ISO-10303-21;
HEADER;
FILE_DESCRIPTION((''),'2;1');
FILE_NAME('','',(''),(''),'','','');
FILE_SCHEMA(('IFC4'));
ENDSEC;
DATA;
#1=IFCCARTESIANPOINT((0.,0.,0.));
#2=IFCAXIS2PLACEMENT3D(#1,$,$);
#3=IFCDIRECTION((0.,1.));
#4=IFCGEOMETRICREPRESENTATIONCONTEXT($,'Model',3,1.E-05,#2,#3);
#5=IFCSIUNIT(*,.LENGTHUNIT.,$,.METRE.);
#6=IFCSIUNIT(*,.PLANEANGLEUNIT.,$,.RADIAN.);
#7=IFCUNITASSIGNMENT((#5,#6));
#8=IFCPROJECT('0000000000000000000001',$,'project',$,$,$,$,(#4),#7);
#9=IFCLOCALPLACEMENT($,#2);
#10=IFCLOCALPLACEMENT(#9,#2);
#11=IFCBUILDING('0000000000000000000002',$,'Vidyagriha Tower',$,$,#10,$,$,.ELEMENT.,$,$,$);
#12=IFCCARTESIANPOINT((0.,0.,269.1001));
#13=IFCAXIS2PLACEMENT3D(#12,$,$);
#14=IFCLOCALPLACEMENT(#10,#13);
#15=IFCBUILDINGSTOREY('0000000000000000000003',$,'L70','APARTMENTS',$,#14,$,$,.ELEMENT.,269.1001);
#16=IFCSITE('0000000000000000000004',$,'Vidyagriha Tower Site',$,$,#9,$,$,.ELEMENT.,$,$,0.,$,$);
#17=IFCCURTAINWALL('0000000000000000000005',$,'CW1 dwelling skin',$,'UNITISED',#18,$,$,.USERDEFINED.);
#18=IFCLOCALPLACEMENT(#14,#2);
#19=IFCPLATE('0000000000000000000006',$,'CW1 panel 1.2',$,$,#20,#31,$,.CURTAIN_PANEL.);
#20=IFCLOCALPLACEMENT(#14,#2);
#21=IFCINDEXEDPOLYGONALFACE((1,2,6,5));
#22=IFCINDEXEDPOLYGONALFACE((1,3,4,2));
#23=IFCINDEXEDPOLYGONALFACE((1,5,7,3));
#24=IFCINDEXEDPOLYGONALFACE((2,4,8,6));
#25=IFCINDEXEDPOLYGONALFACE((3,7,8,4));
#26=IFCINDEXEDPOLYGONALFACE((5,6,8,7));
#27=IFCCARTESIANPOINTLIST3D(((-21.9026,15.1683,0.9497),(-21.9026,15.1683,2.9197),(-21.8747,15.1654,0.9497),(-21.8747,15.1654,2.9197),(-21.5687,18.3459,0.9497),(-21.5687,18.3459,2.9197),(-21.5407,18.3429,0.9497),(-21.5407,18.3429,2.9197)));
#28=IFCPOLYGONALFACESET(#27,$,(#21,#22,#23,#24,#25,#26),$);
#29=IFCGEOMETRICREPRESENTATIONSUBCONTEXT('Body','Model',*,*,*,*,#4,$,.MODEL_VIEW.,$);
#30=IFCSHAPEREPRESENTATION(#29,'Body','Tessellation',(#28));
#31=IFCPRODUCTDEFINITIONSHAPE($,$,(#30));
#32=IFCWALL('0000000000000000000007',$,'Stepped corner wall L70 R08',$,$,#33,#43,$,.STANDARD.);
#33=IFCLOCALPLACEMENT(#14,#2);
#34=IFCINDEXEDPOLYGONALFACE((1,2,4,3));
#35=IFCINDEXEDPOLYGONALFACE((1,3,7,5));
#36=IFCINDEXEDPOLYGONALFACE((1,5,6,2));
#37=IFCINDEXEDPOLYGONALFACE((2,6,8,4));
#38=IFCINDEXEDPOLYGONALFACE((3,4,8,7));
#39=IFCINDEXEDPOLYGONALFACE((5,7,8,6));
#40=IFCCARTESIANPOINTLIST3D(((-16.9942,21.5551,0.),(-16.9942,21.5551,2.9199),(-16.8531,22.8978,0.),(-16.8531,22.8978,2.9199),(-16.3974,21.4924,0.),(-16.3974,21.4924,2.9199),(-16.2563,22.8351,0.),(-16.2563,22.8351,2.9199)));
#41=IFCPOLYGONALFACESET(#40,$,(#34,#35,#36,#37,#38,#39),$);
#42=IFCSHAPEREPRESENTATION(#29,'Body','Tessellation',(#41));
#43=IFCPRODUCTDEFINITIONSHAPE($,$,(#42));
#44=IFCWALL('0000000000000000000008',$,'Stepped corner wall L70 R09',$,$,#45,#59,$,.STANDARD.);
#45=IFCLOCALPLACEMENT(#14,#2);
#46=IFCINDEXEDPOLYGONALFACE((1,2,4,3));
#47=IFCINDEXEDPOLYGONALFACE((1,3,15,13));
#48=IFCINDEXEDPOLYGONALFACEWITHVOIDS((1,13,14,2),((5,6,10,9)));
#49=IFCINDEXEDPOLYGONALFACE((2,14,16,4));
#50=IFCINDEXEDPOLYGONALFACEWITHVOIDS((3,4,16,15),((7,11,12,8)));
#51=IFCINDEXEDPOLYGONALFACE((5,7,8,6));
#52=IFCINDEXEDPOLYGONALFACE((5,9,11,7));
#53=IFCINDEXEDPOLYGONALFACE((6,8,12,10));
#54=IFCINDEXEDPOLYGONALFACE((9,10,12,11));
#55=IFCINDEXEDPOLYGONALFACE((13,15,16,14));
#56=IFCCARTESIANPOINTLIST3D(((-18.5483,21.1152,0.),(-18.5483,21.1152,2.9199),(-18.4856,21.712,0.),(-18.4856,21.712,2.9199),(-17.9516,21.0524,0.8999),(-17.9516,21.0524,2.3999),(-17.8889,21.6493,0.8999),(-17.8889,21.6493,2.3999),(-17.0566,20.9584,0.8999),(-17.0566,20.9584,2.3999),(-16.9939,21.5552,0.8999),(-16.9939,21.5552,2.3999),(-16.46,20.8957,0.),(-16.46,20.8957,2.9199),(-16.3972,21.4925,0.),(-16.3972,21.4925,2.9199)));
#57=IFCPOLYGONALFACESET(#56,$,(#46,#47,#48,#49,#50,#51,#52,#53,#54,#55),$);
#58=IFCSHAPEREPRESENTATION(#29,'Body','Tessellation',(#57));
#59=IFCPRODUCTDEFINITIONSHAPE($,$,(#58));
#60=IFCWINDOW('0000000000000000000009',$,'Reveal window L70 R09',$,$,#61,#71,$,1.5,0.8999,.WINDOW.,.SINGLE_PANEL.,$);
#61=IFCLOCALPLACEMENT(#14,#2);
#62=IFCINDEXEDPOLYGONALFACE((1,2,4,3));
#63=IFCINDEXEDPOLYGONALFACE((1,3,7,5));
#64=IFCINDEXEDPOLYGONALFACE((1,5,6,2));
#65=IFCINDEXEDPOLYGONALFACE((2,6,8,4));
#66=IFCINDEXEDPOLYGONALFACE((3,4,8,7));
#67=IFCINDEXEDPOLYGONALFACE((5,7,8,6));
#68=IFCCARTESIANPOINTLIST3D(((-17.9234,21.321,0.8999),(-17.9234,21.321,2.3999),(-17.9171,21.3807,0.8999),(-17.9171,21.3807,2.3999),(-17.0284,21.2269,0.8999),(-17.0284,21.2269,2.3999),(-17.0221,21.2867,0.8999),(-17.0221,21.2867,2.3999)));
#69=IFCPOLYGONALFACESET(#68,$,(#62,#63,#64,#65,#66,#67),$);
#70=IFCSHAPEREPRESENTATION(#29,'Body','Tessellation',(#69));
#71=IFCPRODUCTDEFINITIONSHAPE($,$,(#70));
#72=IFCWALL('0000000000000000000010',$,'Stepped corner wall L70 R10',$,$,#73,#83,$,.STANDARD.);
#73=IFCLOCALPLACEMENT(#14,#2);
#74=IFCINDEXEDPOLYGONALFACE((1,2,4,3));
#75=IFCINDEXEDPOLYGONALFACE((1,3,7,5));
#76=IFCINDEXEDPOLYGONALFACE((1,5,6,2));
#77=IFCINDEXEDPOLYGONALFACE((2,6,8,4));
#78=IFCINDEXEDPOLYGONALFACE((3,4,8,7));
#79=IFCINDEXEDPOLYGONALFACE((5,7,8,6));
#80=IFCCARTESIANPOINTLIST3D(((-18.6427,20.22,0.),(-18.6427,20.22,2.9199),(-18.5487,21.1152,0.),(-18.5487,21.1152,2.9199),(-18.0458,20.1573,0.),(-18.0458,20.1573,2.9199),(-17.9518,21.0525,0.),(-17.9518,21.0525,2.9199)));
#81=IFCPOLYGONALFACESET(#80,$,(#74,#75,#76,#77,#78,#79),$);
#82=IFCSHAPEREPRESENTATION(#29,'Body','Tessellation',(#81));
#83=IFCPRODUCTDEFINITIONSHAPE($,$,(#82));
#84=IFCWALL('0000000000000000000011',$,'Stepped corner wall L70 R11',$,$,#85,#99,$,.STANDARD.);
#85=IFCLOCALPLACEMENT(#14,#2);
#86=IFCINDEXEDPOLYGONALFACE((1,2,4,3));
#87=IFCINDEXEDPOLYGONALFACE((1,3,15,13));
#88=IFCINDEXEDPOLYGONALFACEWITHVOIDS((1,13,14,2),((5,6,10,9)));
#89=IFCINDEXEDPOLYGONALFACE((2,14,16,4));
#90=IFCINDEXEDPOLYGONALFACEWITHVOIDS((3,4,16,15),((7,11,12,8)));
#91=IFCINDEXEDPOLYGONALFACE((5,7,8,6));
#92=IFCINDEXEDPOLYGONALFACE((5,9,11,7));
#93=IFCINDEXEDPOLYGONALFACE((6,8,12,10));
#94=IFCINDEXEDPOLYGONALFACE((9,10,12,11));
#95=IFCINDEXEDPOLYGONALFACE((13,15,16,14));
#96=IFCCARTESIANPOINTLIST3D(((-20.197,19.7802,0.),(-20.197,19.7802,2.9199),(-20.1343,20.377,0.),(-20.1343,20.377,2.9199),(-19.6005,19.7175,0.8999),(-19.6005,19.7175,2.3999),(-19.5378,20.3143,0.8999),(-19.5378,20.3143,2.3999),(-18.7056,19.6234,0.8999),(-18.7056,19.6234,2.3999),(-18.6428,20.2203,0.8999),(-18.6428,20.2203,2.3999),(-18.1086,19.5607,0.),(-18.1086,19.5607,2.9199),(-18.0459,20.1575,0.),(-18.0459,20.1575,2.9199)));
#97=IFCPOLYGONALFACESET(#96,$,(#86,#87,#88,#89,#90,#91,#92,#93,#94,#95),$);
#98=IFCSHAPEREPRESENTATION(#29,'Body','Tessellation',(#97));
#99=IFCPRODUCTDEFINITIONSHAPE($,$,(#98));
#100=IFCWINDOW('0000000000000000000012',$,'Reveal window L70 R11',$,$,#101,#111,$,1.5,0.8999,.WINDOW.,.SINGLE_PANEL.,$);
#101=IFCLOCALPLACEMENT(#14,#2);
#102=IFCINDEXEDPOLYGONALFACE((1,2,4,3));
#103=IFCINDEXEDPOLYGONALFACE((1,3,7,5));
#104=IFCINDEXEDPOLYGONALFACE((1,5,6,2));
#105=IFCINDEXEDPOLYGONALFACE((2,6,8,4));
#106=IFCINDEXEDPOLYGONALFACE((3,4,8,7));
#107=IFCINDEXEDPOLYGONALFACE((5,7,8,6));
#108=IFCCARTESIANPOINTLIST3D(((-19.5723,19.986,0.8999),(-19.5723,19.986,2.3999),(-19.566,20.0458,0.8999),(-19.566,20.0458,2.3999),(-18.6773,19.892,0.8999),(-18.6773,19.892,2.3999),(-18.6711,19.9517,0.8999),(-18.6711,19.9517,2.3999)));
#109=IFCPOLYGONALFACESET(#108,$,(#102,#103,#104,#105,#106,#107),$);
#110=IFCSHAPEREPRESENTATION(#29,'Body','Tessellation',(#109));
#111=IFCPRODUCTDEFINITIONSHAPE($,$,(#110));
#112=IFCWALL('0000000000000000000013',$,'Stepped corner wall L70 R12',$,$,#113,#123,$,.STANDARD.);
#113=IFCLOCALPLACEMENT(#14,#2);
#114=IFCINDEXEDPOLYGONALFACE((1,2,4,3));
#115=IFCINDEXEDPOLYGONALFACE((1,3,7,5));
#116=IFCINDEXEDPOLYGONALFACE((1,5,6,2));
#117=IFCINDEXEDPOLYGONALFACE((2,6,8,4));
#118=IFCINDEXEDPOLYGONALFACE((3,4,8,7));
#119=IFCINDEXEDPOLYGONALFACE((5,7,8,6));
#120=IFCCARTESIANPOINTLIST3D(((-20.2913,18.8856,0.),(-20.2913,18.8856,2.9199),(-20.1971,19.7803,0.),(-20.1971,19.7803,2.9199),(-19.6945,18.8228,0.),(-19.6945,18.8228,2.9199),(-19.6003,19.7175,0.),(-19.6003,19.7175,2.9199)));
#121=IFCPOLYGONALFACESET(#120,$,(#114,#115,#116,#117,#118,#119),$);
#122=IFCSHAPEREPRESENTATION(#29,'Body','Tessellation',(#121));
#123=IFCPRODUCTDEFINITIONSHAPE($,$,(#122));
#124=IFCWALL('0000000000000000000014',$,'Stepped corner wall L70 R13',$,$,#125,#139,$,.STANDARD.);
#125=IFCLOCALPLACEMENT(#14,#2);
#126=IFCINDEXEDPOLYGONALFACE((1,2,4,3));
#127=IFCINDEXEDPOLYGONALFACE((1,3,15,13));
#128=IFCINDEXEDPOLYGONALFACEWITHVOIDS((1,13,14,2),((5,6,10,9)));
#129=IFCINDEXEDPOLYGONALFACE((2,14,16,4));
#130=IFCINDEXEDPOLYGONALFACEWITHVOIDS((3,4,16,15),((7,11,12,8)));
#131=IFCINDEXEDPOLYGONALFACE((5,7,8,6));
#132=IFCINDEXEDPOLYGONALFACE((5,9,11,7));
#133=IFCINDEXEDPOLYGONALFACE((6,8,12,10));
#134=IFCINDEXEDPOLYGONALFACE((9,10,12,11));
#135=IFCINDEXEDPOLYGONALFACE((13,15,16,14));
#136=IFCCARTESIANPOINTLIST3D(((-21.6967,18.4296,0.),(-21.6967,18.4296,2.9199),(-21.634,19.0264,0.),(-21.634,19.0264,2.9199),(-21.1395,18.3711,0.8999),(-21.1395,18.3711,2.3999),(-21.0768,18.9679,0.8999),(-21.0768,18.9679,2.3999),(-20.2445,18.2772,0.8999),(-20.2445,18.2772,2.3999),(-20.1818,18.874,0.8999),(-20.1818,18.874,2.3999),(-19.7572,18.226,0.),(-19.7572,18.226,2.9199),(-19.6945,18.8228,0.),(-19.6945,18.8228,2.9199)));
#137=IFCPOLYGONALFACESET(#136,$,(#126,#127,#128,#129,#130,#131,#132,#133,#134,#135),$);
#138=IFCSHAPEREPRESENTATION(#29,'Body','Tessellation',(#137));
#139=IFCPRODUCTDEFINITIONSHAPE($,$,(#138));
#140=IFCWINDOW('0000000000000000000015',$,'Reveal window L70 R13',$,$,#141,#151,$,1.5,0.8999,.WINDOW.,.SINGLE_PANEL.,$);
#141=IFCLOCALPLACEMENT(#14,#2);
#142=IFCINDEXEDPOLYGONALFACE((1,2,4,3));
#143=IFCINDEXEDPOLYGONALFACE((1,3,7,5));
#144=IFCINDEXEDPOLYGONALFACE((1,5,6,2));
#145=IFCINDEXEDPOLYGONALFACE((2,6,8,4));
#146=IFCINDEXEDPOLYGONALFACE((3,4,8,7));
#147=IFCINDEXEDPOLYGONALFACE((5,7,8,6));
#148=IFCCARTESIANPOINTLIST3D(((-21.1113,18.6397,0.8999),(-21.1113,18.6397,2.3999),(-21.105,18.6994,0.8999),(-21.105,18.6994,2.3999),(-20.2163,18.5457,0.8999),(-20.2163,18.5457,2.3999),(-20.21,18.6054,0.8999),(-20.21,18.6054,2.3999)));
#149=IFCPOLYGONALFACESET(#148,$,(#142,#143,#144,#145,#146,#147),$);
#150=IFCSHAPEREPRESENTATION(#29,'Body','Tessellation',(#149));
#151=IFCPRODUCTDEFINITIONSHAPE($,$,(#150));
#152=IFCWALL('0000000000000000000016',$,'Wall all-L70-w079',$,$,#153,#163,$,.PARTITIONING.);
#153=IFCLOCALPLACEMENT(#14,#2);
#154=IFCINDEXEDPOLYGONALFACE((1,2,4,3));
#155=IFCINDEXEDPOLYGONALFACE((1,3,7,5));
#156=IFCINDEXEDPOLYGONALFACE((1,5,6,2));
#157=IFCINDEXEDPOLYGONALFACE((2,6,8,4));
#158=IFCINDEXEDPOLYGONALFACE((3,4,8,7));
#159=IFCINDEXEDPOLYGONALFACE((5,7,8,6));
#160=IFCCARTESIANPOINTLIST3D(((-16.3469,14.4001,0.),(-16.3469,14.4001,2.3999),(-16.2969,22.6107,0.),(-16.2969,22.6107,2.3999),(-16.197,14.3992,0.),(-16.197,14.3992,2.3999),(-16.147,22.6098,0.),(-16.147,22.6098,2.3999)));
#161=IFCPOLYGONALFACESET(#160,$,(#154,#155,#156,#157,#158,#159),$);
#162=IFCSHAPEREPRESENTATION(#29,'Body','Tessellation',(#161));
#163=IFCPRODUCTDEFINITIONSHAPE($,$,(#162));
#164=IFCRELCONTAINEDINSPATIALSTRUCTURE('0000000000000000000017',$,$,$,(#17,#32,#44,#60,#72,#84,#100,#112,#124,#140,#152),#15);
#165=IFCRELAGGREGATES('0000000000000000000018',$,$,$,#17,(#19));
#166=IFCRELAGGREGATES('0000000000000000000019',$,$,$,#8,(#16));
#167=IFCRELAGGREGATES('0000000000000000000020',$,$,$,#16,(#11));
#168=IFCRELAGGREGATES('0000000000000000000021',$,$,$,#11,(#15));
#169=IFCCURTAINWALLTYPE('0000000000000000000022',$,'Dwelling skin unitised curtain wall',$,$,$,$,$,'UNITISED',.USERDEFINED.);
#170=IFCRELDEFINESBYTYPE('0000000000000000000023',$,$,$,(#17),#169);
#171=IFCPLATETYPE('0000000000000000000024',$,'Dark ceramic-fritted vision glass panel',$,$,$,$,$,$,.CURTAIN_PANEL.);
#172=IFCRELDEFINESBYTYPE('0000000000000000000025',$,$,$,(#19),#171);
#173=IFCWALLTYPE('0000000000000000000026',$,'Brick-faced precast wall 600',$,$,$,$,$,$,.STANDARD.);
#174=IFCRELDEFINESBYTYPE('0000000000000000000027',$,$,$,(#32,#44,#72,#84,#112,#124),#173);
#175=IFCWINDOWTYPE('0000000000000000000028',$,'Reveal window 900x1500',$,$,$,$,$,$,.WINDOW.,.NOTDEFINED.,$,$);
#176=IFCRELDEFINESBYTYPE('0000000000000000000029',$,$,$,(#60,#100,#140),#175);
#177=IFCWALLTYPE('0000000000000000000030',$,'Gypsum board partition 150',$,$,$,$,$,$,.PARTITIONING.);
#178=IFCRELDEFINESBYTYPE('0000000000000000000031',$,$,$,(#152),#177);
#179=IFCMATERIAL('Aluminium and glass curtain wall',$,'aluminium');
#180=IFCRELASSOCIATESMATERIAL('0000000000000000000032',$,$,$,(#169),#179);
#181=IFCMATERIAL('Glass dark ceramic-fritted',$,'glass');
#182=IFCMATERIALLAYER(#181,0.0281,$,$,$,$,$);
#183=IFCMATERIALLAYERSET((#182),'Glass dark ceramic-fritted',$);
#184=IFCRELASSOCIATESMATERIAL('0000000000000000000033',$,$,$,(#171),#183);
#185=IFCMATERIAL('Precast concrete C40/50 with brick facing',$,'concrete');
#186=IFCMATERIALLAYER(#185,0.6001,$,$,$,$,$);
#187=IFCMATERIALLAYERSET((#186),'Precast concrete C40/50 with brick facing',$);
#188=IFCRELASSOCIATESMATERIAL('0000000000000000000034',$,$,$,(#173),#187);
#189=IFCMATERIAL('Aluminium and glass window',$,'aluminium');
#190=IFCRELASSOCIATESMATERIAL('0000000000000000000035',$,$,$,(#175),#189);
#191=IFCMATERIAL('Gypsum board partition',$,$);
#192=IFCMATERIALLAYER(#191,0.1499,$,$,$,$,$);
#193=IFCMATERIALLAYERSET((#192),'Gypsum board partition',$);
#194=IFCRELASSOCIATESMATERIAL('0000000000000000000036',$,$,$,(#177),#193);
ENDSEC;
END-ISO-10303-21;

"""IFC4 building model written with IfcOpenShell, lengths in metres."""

from ifc_helpers import new_model, si_unit, direction, frame, frame_2d, origin, origin_2d, place, context, subcontext, project, spatial, rectangle, extrude, material, layer, layer_set, type_object, element, fill, aggregate, save


model = new_model("IFC4")

# Units and contexts
model_context = context("Model", 3, precision=1e-05, world=origin(), true_north=direction((0.0, 1.0)))
body_context = subcontext(model_context, "Body", "Model", "MODEL_VIEW")
ifc_project = project(units=[si_unit("LENGTHUNIT", "METRE"), si_unit("PLANEANGLEUNIT", "RADIAN")], contexts=[model_context])

# Site, building, storey
site_placement = place(None, origin())
site = spatial("IfcSite", under=ifc_project, at=site_placement, Name="Vidyagriha Tower Site", CompositionType="ELEMENT", RefElevation=0.0)
building_placement = place(site_placement, origin())
building = spatial("IfcBuilding", under=site, at=building_placement, Name="Vidyagriha Tower", CompositionType="ELEMENT")
storey_placement = place(building_placement, frame((0.0, 0.0, 269.1001)))
storey = spatial("IfcBuildingStorey", under=building, at=storey_placement, Name="L70", Description="APARTMENTS", CompositionType="ELEMENT", Elevation=269.1001)

# Shared definitions
ifc_material_1 = material(Name="Aluminium and glass curtain wall", Category="aluminium")
curtain_wall_type = type_object("IfcCurtainWallType", Name="Dwelling skin unitised curtain wall", ElementType="UNITISED", PredefinedType="USERDEFINED", material=ifc_material_1)

# Curtain wall
curtain_wall_1_placement = place(storey_placement, origin())
curtain_wall_1 = element("IfcCurtainWall", 1, at=curtain_wall_1_placement, inside=storey, type_object=curtain_wall_type, Name="CW1 dwelling skin", ObjectType="UNITISED", PredefinedType="USERDEFINED")

# Plate
ifc_material_2 = material(Name="Glass dark ceramic-fritted", Category="glass")
ifc_layer_1 = layer(ifc_material_2, 0.0281)
ifc_layer_set_1 = layer_set([ifc_layer_1], Name="Glass dark ceramic-fritted")
plate_type_1 = type_object("IfcPlateType", Name="Dark ceramic-fritted vision glass panel", PredefinedType="CURTAIN_PANEL", material=ifc_layer_set_1)
plate_1_placement = place(storey_placement, frame((-21.7217, 16.7556, 0.9497), z_axis=(0.0, 0.0, 1.0), x_axis=(-0.104525, -0.994522, 0.0)))
plate_1 = element("IfcPlate", 2, at=plate_1_placement, type_object=plate_type_1, Name="CW1 panel 1.2", PredefinedType="CURTAIN_PANEL", context=body_context, shape_type="SweptSolid", body=[
    extrude(rectangle(XDim=3.1951, YDim=0.0281, at=origin_2d()), origin(), (0.0, 0.0, 1.0), 1.97),
])
aggregate(curtain_wall_1, [plate_1])

# Wall
ifc_material_3 = material(Name="Precast concrete C40/50 with brick facing", Category="concrete")
ifc_layer_2 = layer(ifc_material_3, 0.6001)
ifc_layer_set_2 = layer_set([ifc_layer_2], Name="Precast concrete C40/50 with brick facing")
wall_type_1 = type_object("IfcWallType", Name="Brick-faced precast wall 600", PredefinedType="STANDARD", material=ifc_layer_set_2)
wall_1_placement = place(storey_placement, frame((-16.5547, 22.8665, 0.0), z_axis=(0.0, 0.0, 1.0), x_axis=(-0.104515, -0.994523, 0.0)))
element("IfcWall", 3, at=wall_1_placement, inside=storey, type_object=wall_type_1, Name="Stepped corner wall L70 R08", PredefinedType="STANDARD", context=body_context, shape_type="SweptSolid", body=[
    extrude(rectangle(XDim=1.3501, YDim=0.6001, at=frame_2d((0.675, 0.0))), origin(), (0.0, 0.0, 1.0), 2.9199),
])

# Wall, opening, window
wall_2_placement = place(storey_placement, frame((-16.4287, 21.1941, 0.0), z_axis=(0.0, 0.0, 1.0), x_axis=(-0.994523, 0.104521, 0.0)))
wall_2 = element("IfcWall", 4, at=wall_2_placement, inside=storey, type_object=wall_type_1, Name="Stepped corner wall L70 R09", PredefinedType="STANDARD", context=body_context, shape_type="SweptSolid", body=[
    extrude(rectangle(XDim=2.0999, YDim=0.6001, at=frame_2d((1.0498, 0.0))), origin(), (0.0, 0.0, 1.0), 2.9199),
])
opening_1_placement = place(wall_2_placement, frame((0.5999, 0.0, 0.8999)))
opening_1 = element("IfcOpeningElement", 5, at=opening_1_placement, cuts=wall_2, PredefinedType="OPENING", context=body_context, shape_type="SweptSolid", body=[
    extrude(rectangle(XDim=0.8999, YDim=1.5, at=frame_2d((0.45, 0.75))), frame((0.0, 0.3101, 0.0), z_axis=(0.0, -1.0, 0.0), x_axis=(1.0, 0.0, 0.0)), (0.0, 0.0, 1.0), 0.6201),
])
ifc_material_4 = material(Name="Aluminium and glass window", Category="aluminium")
window_type = type_object("IfcWindowType", Name="Reveal window 900x1500", PartitioningType="NOTDEFINED", PredefinedType="WINDOW", material=ifc_material_4)
window_1_placement = place(opening_1_placement, origin())
window_1 = element("IfcWindow", 6, at=window_1_placement, inside=storey, type_object=window_type, Name="Reveal window L70 R09", OverallHeight=1.5, OverallWidth=0.8999, PartitioningType="SINGLE_PANEL", PredefinedType="WINDOW", context=body_context, shape_type="SweptSolid", body=[
    extrude(rectangle(XDim=0.8999, YDim=1.5, at=frame_2d((0.45, 0.75))), frame((0.0, 0.03, 0.0), z_axis=(0.0, -1.0, 0.0), x_axis=(1.0, 0.0, 0.0)), (0.0, 0.0, 1.0), 0.0601),
])
fill(opening_1, window_1)

# Wall
wall_3_placement = place(storey_placement, frame((-18.2502, 21.084, 0.0), z_axis=(0.0, 0.0, 1.0), x_axis=(-0.104417, -0.994534, 0.0)))
element("IfcWall", 7, at=wall_3_placement, inside=storey, type_object=wall_type_1, Name="Stepped corner wall L70 R10", PredefinedType="STANDARD", context=body_context, shape_type="SweptSolid", body=[
    extrude(rectangle(XDim=0.9001, YDim=0.6001, at=frame_2d((0.4502, 0.0))), origin(), (0.0, 0.0, 1.0), 2.9199),
])

# Wall, opening, window
wall_4_placement = place(storey_placement, frame((-18.0774, 19.8591, 0.0), z_axis=(0.0, 0.0, 1.0), x_axis=(-0.994523, 0.104521, 0.0)))
wall_4 = element("IfcWall", 8, at=wall_4_placement, inside=storey, type_object=wall_type_1, Name="Stepped corner wall L70 R11", PredefinedType="STANDARD", context=body_context, shape_type="SweptSolid", body=[
    extrude(rectangle(XDim=2.0999, YDim=0.6001, at=frame_2d((1.0498, 0.0))), origin(), (0.0, 0.0, 1.0), 2.9199),
])
opening_2_placement = place(wall_4_placement, frame((0.6001, 0.0, 0.8999)))
opening_2 = element("IfcOpeningElement", 9, at=opening_2_placement, cuts=wall_4, PredefinedType="OPENING", context=body_context, shape_type="SweptSolid", body=[
    extrude(rectangle(XDim=0.8999, YDim=1.5, at=frame_2d((0.45, 0.75))), frame((0.0, 0.3101, 0.0), z_axis=(0.0, -1.0, 0.0), x_axis=(1.0, 0.0, 0.0)), (0.0, 0.0, 1.0), 0.6201),
])
window_2_placement = place(opening_2_placement, origin())
window_2 = element("IfcWindow", 10, at=window_2_placement, inside=storey, type_object=window_type, Name="Reveal window L70 R11", OverallHeight=1.5, OverallWidth=0.8999, PartitioningType="SINGLE_PANEL", PredefinedType="WINDOW", context=body_context, shape_type="SweptSolid", body=[
    extrude(rectangle(XDim=0.8999, YDim=1.5, at=frame_2d((0.45, 0.75))), frame((0.0, 0.03, 0.0), z_axis=(0.0, -1.0, 0.0), x_axis=(1.0, 0.0, 0.0)), (0.0, 0.0, 1.0), 0.0601),
])
fill(opening_2, window_2)

# Wall
wall_5_placement = place(storey_placement, frame((-19.8987, 19.7488, 0.0), z_axis=(0.0, 0.0, 1.0), x_axis=(-0.104741, -0.9945, 0.0)))
element("IfcWall", 11, at=wall_5_placement, inside=storey, type_object=wall_type_1, Name="Stepped corner wall L70 R12", PredefinedType="STANDARD", context=body_context, shape_type="SweptSolid", body=[
    extrude(rectangle(XDim=0.8997, YDim=0.6001, at=frame_2d((0.4497, 0.0))), origin(), (0.0, 0.0, 1.0), 2.9199),
])

# Wall, opening, window
wall_6_placement = place(storey_placement, frame((-19.7258, 18.5244, 0.0), z_axis=(0.0, 0.0, 1.0), x_axis=(-0.994534, 0.104411, 0.0)))
wall_6 = element("IfcWall", 12, at=wall_6_placement, inside=storey, type_object=wall_type_1, Name="Stepped corner wall L70 R13", PredefinedType="STANDARD", context=body_context, shape_type="SweptSolid", body=[
    extrude(rectangle(XDim=1.9502, YDim=0.6001, at=frame_2d((0.9751, 0.0))), origin(), (0.0, 0.0, 1.0), 2.9199),
])
opening_3_placement = place(wall_6_placement, frame((0.49, 0.0, 0.8999)))
opening_3 = element("IfcOpeningElement", 13, at=opening_3_placement, cuts=wall_6, PredefinedType="OPENING", context=body_context, shape_type="SweptSolid", body=[
    extrude(rectangle(XDim=0.8999, YDim=1.5, at=frame_2d((0.45, 0.75))), frame((0.0, 0.3101, 0.0), z_axis=(0.0, -1.0, 0.0), x_axis=(1.0, 0.0, 0.0)), (0.0, 0.0, 1.0), 0.6201),
])
window_3_placement = place(opening_3_placement, origin())
window_3 = element("IfcWindow", 14, at=window_3_placement, inside=storey, type_object=window_type, Name="Reveal window L70 R13", OverallHeight=1.5, OverallWidth=0.8999, PartitioningType="SINGLE_PANEL", PredefinedType="WINDOW", context=body_context, shape_type="SweptSolid", body=[
    extrude(rectangle(XDim=0.8999, YDim=1.5, at=frame_2d((0.45, 0.75))), frame((0.0, 0.03, 0.0), z_axis=(0.0, -1.0, 0.0), x_axis=(1.0, 0.0, 0.0)), (0.0, 0.0, 1.0), 0.0601),
])
fill(opening_3, window_3)

# Wall
ifc_material_5 = material(Name="Gypsum board partition")
ifc_layer_3 = layer(ifc_material_5, 0.1499)
ifc_layer_set_3 = layer_set([ifc_layer_3], Name="Gypsum board partition")
wall_type_2 = type_object("IfcWallType", Name="Gypsum board partition 150", PredefinedType="PARTITIONING", material=ifc_layer_set_3)
wall_7_placement = place(storey_placement, frame((-16.2219, 22.6104, 0.0), z_axis=(0.0, 0.0, 1.0), x_axis=(-0.006096, -0.999981, 0.0)))
element("IfcWall", 15, at=wall_7_placement, inside=storey, type_object=wall_type_2, Name="Wall all-L70-w079", PredefinedType="PARTITIONING", context=body_context, shape_type="SweptSolid", body=[
    extrude(rectangle(XDim=8.2107, YDim=0.1499, at=frame_2d((4.1055, 0.0))), origin(), (0.0, 0.0, 1.0), 2.3999),
])

save(model, "model.ifc")
